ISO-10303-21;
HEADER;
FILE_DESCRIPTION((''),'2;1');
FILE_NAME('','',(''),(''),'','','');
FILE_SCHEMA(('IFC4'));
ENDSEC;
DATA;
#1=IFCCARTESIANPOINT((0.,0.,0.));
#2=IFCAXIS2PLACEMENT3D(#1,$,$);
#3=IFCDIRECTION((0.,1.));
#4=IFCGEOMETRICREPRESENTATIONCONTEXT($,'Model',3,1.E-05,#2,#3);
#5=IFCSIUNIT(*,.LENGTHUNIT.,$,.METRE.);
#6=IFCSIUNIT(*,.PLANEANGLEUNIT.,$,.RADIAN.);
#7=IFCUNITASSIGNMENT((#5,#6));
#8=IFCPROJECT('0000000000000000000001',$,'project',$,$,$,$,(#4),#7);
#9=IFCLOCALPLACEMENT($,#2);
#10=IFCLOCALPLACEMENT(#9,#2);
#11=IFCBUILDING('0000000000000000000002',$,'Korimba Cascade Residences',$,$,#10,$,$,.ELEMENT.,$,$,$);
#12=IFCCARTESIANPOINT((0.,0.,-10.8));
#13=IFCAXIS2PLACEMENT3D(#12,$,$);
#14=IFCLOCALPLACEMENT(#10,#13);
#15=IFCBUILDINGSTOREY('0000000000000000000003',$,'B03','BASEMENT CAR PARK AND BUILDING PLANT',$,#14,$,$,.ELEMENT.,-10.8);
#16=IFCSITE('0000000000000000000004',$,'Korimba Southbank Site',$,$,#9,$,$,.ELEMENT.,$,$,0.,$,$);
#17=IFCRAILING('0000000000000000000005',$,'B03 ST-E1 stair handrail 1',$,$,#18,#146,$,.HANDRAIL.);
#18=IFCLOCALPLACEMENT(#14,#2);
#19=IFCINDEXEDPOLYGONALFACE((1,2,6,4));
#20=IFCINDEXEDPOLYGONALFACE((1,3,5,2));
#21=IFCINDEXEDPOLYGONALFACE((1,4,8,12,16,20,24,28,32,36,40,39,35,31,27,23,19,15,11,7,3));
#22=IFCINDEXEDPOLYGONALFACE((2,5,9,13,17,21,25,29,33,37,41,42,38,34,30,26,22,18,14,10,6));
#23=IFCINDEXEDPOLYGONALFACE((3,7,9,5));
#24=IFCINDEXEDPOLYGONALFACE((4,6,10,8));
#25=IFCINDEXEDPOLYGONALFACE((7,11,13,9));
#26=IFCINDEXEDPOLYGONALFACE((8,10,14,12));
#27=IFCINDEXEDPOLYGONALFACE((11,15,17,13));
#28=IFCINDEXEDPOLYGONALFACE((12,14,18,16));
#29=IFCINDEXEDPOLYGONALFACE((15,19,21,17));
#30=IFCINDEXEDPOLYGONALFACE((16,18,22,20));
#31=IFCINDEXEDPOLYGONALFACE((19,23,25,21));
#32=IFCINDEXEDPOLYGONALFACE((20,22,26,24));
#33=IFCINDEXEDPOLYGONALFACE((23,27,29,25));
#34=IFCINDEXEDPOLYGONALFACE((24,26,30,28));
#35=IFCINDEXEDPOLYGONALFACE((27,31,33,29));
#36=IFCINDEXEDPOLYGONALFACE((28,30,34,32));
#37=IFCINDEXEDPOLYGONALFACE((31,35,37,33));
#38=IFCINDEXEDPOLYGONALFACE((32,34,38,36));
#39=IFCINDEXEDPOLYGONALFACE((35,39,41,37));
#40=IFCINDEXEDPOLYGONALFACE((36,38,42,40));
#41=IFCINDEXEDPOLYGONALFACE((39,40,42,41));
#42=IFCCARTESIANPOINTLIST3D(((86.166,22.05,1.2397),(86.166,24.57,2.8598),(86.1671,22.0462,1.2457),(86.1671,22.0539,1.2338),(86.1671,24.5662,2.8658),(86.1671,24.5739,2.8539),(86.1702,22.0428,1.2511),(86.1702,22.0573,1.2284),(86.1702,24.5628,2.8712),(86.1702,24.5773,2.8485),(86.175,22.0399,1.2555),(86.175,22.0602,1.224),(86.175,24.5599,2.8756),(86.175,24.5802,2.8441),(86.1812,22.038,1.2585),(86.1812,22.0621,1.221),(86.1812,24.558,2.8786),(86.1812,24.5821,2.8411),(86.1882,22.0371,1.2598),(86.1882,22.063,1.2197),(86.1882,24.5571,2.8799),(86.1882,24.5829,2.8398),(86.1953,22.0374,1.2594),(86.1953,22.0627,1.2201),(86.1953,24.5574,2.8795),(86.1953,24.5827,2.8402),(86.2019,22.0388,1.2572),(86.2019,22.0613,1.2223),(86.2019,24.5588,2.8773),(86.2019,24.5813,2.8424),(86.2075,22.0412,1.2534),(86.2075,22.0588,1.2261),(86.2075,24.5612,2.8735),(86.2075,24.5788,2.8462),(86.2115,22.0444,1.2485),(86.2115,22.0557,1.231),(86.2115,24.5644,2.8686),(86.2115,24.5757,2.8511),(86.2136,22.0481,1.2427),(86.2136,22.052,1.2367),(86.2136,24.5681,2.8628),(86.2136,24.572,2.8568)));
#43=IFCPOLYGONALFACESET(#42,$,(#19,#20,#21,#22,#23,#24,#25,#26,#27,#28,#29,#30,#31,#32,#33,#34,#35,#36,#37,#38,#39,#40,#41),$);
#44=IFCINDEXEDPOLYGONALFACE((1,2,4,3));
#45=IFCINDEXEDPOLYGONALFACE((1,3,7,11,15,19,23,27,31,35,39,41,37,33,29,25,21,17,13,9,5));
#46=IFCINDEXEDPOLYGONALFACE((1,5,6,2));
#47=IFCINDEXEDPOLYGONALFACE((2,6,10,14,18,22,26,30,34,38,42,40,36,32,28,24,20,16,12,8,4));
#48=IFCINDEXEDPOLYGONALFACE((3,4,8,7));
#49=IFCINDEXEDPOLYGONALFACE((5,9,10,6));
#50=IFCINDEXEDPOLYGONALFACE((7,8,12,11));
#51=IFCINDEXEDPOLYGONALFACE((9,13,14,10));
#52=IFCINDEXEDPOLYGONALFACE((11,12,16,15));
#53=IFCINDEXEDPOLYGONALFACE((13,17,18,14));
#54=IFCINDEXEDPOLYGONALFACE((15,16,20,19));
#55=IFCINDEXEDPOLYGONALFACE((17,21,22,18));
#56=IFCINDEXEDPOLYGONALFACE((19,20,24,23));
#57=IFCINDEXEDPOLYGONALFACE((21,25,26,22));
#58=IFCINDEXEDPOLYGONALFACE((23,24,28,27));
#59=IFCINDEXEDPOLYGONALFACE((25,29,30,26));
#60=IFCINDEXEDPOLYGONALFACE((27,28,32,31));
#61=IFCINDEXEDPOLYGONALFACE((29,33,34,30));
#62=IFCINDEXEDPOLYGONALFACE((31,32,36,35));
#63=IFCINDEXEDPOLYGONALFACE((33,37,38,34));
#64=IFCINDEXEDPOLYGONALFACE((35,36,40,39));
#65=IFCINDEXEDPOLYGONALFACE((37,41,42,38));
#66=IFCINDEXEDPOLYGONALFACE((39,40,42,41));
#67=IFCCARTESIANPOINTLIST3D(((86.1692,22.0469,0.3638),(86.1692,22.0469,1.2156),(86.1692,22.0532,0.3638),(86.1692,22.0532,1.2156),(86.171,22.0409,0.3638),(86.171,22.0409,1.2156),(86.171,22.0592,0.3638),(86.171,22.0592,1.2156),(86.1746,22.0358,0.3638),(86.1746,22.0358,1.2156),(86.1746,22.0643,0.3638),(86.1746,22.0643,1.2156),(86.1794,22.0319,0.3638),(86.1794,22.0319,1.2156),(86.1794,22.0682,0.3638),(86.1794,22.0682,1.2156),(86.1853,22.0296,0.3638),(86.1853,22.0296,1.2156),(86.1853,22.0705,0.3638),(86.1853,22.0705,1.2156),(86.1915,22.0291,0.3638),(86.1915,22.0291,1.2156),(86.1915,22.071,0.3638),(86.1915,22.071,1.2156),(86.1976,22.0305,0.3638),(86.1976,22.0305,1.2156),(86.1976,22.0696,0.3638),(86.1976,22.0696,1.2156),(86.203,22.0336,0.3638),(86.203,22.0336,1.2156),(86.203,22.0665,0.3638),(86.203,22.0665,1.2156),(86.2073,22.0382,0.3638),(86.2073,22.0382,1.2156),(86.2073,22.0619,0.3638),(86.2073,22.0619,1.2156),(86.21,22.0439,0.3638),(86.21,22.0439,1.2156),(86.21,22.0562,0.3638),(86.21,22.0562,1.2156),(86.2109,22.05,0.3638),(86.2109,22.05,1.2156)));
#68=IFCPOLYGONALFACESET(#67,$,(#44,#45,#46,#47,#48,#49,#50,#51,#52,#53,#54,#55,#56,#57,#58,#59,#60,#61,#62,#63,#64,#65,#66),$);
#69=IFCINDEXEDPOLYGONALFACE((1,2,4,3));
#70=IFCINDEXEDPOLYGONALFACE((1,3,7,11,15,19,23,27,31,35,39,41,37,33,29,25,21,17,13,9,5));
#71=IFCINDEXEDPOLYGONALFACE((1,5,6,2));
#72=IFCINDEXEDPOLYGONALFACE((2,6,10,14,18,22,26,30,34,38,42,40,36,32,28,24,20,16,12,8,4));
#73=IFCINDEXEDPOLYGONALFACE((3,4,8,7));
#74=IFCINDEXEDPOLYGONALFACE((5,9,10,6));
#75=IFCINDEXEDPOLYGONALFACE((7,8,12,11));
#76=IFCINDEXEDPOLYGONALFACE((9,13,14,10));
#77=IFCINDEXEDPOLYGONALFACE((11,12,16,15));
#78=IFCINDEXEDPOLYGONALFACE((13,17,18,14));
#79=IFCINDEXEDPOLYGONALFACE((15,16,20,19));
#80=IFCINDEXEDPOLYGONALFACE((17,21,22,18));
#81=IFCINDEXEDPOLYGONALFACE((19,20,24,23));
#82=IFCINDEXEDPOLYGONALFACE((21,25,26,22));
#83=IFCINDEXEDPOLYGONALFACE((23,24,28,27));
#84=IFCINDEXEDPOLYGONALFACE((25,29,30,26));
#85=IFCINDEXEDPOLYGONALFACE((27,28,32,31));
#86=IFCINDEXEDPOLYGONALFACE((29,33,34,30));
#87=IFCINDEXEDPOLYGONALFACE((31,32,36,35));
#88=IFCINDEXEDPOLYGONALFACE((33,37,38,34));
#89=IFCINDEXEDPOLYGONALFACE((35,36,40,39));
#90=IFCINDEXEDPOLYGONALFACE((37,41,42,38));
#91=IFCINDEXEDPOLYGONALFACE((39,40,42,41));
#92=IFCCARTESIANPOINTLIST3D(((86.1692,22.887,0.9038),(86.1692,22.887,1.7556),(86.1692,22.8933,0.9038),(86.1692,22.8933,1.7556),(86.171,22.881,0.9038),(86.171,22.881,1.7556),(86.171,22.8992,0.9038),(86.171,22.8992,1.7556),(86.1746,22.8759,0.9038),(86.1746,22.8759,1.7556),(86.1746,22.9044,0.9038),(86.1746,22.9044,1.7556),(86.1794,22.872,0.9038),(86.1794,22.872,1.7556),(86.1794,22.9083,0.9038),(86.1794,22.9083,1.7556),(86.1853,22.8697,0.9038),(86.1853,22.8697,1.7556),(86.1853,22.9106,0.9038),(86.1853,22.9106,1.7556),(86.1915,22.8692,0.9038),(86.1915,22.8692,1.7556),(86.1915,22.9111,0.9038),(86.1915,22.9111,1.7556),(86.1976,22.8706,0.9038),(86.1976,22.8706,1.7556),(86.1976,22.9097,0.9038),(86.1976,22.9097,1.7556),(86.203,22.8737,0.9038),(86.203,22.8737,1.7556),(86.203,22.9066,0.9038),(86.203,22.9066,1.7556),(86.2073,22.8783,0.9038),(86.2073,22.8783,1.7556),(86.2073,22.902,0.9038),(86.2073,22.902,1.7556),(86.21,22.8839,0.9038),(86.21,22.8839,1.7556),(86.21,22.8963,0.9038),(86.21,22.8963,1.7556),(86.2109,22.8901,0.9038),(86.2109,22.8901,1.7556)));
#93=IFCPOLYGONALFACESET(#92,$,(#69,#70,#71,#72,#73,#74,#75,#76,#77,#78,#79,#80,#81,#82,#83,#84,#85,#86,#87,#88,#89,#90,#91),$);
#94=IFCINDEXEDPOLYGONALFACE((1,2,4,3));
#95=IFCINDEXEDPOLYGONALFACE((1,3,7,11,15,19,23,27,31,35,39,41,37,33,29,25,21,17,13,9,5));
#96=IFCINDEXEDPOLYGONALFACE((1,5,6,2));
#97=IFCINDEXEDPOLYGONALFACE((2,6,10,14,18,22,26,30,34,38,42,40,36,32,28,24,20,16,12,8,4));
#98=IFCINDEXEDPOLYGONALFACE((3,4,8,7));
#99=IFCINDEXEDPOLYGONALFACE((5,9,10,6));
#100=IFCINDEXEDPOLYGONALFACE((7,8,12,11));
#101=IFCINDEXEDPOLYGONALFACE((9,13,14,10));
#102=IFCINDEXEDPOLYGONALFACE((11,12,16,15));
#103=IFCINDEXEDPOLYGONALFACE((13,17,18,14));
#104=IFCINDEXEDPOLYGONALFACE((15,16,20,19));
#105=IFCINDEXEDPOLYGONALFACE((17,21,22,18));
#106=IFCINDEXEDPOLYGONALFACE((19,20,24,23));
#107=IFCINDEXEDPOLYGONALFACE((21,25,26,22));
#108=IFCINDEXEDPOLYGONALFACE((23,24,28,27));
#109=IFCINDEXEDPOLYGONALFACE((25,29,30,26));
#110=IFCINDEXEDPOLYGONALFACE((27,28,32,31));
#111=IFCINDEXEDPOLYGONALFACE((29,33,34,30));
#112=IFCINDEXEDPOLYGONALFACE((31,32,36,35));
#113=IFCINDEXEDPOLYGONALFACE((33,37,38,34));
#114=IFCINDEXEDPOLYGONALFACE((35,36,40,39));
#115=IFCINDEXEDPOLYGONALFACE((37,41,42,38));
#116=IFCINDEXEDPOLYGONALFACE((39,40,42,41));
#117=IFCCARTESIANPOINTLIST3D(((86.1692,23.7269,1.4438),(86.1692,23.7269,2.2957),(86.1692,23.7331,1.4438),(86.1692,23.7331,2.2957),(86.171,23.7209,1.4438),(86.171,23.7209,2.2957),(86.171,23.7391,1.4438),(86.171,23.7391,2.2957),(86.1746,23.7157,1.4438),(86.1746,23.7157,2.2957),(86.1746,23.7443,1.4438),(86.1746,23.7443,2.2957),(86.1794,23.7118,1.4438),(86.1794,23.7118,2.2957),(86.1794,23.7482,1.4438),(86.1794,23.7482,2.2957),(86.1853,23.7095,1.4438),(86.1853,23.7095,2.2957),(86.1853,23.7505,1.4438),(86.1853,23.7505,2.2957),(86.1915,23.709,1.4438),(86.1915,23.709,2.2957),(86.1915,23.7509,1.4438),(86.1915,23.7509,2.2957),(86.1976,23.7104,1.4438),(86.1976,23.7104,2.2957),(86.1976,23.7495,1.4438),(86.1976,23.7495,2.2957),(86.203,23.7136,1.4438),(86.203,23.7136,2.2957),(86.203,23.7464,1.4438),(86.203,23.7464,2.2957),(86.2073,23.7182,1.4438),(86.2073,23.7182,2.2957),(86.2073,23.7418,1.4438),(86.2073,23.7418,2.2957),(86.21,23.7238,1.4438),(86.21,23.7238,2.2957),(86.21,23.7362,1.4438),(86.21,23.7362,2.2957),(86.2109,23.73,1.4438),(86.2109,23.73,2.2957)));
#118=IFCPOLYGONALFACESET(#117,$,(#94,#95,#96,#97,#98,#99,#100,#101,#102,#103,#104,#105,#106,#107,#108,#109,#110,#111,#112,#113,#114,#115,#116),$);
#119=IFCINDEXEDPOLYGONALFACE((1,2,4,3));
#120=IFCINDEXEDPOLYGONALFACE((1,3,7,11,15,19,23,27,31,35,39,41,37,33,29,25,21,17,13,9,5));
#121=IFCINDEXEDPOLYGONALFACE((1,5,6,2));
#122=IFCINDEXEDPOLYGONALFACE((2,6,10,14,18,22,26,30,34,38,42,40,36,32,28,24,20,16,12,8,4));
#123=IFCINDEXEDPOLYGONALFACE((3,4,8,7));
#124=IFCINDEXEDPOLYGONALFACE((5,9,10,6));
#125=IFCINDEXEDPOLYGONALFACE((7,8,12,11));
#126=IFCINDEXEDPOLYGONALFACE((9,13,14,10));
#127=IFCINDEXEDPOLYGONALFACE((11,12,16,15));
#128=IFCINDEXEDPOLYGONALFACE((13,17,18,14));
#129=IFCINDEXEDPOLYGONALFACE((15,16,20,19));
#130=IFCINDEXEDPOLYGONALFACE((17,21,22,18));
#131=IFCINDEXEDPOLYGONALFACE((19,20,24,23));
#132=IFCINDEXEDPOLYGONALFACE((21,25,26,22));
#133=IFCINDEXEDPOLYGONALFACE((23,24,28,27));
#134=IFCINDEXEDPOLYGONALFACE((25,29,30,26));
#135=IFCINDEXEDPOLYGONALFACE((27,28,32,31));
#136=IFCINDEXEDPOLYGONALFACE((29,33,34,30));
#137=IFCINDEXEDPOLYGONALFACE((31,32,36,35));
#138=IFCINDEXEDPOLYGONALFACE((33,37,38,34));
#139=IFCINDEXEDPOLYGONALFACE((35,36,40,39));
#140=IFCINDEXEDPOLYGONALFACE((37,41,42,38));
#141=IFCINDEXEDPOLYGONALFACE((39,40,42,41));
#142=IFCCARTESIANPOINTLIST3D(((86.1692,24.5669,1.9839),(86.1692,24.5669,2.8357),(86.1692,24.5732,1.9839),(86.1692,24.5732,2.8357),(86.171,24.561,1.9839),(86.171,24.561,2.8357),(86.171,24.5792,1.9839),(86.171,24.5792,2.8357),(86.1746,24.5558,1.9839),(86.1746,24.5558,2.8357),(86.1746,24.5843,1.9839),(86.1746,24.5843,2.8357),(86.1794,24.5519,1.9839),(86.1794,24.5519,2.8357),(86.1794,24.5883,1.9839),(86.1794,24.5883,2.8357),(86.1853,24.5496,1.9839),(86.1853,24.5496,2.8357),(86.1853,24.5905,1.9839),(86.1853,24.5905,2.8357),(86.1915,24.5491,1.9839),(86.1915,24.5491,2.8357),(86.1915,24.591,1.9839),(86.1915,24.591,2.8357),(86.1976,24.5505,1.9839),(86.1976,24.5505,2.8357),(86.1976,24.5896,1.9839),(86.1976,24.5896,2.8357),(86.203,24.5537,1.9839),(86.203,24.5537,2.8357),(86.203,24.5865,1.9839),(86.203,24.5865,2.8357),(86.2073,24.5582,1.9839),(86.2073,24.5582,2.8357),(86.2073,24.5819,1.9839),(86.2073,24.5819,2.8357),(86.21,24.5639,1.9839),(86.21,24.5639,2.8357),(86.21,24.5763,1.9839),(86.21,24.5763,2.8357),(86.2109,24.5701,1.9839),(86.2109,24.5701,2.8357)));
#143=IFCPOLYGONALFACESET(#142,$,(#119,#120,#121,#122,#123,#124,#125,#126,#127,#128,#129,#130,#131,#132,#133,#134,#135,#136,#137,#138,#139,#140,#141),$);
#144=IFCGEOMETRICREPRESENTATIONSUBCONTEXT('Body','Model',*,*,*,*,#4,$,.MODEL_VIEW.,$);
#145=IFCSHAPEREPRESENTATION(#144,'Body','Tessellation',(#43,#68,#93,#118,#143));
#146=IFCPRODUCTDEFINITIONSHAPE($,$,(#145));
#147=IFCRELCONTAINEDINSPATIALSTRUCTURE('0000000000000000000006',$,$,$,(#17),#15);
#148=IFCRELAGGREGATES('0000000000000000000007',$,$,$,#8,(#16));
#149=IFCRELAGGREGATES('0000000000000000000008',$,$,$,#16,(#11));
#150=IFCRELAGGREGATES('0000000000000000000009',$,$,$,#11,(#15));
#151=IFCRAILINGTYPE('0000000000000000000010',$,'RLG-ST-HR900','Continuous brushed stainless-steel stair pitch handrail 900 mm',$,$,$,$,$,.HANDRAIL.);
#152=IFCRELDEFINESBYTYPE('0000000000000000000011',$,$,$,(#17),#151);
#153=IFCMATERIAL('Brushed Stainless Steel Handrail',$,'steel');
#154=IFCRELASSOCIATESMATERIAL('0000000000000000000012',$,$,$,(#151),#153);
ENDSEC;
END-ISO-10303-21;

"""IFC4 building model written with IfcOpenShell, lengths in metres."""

from ifc_helpers import new_model, si_unit, direction, frame, origin, origin_2d, place, context, subcontext, project, spatial, circle, extrude, material, type_object, element, save


model = new_model("IFC4")

# Units and contexts
model_context = context("Model", 3, precision=1e-05, world=origin(), true_north=direction((0.0, 1.0)))
body_context = subcontext(model_context, "Body", "Model", "MODEL_VIEW")
ifc_project = project(units=[si_unit("LENGTHUNIT", "METRE"), si_unit("PLANEANGLEUNIT", "RADIAN")], contexts=[model_context])

# Site, building, storey
site_placement = place(None, origin())
site = spatial("IfcSite", under=ifc_project, at=site_placement, Name="Korimba Southbank Site", CompositionType="ELEMENT", RefElevation=0.0)
building_placement = place(site_placement, origin())
building = spatial("IfcBuilding", under=site, at=building_placement, Name="Korimba Cascade Residences", CompositionType="ELEMENT")
storey_placement = place(building_placement, frame((0.0, 0.0, -10.8)))
storey = spatial("IfcBuildingStorey", under=building, at=storey_placement, Name="B03", Description="BASEMENT CAR PARK AND BUILDING PLANT", CompositionType="ELEMENT", Elevation=-10.8)

# Railing
ifc_material_1 = material(Name="Brushed Stainless Steel Handrail", Category="steel")
railing_type_1 = type_object("IfcRailingType", Name="RLG-ST-HR900", Description="Continuous brushed stainless-steel stair pitch handrail 900 mm", PredefinedType="HANDRAIL", material=ifc_material_1)
railing_1_placement = place(storey_placement, frame((86.1899, 22.05, 0.3638)))
element("IfcRailing", 1, at=railing_1_placement, inside=storey, type_object=railing_type_1, Name="B03 ST-E1 stair handrail 1", PredefinedType="HANDRAIL", context=body_context, shape_type="SweptSolid", body=[
    extrude(circle(Radius=0.0239, at=origin_2d()), frame((0.0, 0.0, 0.876), z_axis=(0.0, 0.841163, 0.540782), x_axis=(-1.0, 0.0, 0.0)), (0.0, 0.0, 1.0), 2.9958),
    extrude(circle(Radius=0.021, at=origin_2d()), origin(), (0.0, 0.0, 1.0), 0.8518),
    extrude(circle(Radius=0.021, at=origin_2d()), frame((0.0, 0.8401, 0.54)), (0.0, 0.0, 1.0), 0.8518),
    extrude(circle(Radius=0.021, at=origin_2d()), frame((0.0, 1.6799, 1.0801)), (0.0, 0.0, 1.0), 0.8518),
    extrude(circle(Radius=0.021, at=origin_2d()), frame((0.0, 2.52, 1.6201)), (0.0, 0.0, 1.0), 0.8518),
])

save(model, "model.ifc")
